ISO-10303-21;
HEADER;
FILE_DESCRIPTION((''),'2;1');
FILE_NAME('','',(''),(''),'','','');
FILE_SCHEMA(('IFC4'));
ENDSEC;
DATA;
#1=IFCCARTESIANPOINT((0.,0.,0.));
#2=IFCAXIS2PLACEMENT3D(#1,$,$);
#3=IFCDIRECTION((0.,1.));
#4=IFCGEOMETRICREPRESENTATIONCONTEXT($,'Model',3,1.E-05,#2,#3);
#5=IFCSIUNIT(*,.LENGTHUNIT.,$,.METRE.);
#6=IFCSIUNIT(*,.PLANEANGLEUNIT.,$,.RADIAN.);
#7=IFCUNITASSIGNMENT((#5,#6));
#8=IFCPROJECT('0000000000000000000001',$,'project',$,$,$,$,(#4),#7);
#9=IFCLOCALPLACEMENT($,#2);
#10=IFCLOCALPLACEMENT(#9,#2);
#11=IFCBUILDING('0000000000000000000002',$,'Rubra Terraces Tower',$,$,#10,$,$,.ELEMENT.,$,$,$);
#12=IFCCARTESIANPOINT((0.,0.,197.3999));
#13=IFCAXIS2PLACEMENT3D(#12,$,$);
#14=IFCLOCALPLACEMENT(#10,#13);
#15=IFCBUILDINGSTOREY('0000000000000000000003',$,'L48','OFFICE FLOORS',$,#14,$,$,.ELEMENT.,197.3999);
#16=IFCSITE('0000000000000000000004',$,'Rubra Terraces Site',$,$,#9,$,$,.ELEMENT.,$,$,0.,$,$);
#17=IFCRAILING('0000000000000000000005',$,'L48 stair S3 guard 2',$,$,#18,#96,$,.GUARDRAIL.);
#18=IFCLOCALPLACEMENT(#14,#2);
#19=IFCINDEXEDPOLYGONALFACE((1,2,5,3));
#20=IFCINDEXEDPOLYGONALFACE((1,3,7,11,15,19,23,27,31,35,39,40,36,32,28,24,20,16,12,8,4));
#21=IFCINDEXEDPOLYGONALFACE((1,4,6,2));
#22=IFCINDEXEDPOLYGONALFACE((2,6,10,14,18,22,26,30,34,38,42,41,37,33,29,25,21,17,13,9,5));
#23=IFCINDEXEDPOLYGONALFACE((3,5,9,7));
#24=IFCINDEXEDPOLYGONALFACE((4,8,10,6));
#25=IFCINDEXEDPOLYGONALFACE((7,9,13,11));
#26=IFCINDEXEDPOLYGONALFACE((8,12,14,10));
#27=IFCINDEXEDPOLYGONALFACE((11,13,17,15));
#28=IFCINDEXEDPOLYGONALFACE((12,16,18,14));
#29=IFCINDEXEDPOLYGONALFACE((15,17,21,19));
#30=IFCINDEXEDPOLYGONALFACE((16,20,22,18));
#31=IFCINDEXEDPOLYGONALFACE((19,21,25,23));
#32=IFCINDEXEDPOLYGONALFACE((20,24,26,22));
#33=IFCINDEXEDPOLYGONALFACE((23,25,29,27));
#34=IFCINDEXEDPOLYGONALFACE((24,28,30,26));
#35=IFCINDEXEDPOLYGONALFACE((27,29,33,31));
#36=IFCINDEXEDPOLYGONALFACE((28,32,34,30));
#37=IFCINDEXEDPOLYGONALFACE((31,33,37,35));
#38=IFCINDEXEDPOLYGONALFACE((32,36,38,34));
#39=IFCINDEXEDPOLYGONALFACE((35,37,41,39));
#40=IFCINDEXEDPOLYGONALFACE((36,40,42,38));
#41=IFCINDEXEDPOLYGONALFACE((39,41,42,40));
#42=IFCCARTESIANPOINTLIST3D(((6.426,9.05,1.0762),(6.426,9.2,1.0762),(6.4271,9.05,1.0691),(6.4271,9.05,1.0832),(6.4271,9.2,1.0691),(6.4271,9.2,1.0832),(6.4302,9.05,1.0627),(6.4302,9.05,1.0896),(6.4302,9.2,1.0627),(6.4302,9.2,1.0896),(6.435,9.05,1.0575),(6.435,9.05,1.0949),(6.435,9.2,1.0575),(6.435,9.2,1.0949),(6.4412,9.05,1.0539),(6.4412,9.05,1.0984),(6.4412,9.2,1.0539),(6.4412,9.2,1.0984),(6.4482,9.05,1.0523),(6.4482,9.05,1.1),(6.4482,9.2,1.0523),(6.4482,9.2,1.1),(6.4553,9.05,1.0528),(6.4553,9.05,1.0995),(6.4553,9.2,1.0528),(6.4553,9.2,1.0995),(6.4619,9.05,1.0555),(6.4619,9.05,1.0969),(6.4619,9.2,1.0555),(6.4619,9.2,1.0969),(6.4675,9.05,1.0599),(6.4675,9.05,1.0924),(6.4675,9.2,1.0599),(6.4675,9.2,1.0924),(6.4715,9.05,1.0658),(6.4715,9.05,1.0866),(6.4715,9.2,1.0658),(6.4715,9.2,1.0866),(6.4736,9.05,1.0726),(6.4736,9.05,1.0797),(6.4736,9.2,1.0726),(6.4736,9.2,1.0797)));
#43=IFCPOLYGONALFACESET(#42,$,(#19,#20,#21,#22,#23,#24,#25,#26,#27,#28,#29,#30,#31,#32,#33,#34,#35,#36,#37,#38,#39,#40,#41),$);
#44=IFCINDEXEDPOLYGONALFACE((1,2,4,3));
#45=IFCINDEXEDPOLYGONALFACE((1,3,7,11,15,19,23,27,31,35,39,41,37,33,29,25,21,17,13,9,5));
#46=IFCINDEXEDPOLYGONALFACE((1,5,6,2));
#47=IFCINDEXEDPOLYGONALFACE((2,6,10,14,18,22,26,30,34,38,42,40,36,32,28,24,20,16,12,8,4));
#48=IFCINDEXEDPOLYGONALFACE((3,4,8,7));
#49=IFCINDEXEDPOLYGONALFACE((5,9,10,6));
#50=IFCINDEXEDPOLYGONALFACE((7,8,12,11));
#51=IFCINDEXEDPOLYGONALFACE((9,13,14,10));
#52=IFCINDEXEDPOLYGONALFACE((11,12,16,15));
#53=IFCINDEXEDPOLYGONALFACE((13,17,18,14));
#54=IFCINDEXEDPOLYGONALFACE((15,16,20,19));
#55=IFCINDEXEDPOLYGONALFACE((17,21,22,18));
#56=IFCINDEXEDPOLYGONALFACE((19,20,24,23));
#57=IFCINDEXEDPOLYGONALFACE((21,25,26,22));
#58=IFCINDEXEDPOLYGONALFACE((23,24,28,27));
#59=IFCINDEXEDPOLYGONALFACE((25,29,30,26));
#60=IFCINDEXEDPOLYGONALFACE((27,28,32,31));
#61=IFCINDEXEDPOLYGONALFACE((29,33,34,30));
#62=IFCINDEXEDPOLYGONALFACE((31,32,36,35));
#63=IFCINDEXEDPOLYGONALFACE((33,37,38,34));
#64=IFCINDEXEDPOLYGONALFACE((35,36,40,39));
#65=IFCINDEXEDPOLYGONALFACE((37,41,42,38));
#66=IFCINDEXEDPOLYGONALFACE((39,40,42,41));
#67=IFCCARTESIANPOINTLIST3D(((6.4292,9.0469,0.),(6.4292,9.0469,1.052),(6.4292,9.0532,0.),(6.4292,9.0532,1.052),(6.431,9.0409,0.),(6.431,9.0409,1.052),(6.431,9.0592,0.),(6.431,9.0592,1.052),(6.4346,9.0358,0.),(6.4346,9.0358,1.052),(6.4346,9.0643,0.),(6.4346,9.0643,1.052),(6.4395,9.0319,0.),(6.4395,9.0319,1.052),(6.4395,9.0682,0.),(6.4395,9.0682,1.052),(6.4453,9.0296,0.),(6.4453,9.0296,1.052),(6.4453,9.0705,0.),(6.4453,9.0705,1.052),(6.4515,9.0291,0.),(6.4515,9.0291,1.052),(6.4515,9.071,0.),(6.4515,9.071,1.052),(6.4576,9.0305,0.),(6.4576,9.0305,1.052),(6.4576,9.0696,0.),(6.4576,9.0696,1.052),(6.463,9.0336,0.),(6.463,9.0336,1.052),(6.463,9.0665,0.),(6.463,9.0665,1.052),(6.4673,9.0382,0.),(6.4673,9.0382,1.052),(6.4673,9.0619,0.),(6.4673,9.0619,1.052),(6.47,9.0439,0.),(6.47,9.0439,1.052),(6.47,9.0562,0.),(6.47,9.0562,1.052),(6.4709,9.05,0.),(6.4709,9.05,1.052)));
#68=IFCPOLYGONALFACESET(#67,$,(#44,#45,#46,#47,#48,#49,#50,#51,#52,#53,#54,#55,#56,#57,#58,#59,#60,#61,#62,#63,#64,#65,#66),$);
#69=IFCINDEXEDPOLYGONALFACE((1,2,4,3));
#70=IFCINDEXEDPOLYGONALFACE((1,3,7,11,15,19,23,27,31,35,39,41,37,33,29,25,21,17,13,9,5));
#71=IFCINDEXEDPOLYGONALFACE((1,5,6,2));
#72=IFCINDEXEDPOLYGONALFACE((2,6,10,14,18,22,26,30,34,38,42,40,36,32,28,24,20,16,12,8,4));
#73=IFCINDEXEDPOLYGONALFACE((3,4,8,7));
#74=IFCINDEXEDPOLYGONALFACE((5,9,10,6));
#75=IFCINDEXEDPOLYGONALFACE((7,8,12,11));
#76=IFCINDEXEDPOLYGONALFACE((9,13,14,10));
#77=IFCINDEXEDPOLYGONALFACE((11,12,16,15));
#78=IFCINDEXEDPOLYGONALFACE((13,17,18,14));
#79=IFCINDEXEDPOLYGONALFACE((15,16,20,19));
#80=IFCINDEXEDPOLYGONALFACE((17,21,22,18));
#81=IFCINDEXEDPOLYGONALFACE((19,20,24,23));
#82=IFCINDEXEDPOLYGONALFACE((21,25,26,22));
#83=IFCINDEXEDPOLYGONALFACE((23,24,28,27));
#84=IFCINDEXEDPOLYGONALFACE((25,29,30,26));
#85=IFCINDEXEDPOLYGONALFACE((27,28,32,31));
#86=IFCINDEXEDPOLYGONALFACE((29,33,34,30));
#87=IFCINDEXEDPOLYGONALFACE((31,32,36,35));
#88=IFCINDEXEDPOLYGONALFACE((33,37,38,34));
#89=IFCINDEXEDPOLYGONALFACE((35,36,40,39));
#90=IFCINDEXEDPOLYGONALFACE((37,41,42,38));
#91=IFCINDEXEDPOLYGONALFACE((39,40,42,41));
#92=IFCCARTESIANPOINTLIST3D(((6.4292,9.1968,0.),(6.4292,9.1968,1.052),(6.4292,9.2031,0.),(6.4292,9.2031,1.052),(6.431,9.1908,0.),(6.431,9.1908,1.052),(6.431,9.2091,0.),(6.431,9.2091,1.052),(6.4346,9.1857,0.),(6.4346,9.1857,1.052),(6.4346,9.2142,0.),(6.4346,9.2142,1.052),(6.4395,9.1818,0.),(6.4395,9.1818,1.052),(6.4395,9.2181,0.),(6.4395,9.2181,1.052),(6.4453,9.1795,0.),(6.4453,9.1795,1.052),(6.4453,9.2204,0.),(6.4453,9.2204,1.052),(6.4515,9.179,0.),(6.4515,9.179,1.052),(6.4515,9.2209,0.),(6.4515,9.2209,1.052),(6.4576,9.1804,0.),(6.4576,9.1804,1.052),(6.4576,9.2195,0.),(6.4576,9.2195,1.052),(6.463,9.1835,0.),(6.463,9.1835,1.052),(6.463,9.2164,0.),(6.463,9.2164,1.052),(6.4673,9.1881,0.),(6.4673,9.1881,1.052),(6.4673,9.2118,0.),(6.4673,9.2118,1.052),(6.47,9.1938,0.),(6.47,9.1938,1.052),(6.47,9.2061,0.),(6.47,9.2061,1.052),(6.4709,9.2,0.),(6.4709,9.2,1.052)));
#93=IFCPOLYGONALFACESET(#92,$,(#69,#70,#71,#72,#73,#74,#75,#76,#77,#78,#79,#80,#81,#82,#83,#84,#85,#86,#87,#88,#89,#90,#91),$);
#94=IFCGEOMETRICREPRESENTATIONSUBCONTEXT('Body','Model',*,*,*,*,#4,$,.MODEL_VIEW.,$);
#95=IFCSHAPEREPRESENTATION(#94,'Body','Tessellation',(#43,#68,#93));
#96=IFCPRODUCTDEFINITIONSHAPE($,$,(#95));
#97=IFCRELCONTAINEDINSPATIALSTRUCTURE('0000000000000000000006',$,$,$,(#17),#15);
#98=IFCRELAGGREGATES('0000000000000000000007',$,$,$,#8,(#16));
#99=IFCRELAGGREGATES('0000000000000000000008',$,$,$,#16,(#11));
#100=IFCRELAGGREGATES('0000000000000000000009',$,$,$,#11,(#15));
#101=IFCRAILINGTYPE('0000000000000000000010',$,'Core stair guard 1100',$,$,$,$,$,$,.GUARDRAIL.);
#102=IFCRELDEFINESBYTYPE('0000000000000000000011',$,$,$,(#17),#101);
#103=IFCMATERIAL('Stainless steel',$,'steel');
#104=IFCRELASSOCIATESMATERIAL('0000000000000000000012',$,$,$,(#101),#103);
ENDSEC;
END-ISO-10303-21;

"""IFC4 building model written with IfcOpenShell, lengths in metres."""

from ifc_helpers import new_model, si_unit, direction, frame, origin, origin_2d, place, context, subcontext, project, spatial, circle, extrude, material, type_object, element, save


model = new_model("IFC4")

# Units and contexts
model_context = context("Model", 3, precision=1e-05, world=origin(), true_north=direction((0.0, 1.0)))
body_context = subcontext(model_context, "Body", "Model", "MODEL_VIEW")
ifc_project = project(units=[si_unit("LENGTHUNIT", "METRE"), si_unit("PLANEANGLEUNIT", "RADIAN")], contexts=[model_context])

# Site, building, storey
site_placement = place(None, origin())
site = spatial("IfcSite", under=ifc_project, at=site_placement, Name="Rubra Terraces Site", CompositionType="ELEMENT", RefElevation=0.0)
building_placement = place(site_placement, origin())
building = spatial("IfcBuilding", under=site, at=building_placement, Name="Rubra Terraces Tower", CompositionType="ELEMENT")
storey_placement = place(building_placement, frame((0.0, 0.0, 197.3999)))
storey = spatial("IfcBuildingStorey", under=building, at=storey_placement, Name="L48", Description="OFFICE FLOORS", CompositionType="ELEMENT", Elevation=197.3999)

# Shared definitions
ifc_material_1 = material(Name="Stainless steel", Category="steel")

# Railing
railing_type_1 = type_object("IfcRailingType", Name="Core stair guard 1100", PredefinedType="GUARDRAIL", material=ifc_material_1)
railing_1_placement = place(storey_placement, frame((6.45, 9.05, 0.0)))
element("IfcRailing", 1, at=railing_1_placement, inside=storey, type_object=railing_type_1, Name="L48 stair S3 guard 2", PredefinedType="GUARDRAIL", context=body_context, shape_type="SweptSolid", body=[
    extrude(circle(Radius=0.0239, at=origin_2d()), frame((0.0, 0.0, 1.0762), z_axis=(0.0, 1.0, 0.0), x_axis=(-1.0, 0.0, 0.0)), (0.0, 0.0, 1.0), 0.1499),
    extrude(circle(Radius=0.021, at=origin_2d()), origin(), (0.0, 0.0, 1.0), 1.052),
    extrude(circle(Radius=0.021, at=origin_2d()), frame((0.0, 0.1499, 0.0)), (0.0, 0.0, 1.0), 1.052),
])

save(model, "model.ifc")
